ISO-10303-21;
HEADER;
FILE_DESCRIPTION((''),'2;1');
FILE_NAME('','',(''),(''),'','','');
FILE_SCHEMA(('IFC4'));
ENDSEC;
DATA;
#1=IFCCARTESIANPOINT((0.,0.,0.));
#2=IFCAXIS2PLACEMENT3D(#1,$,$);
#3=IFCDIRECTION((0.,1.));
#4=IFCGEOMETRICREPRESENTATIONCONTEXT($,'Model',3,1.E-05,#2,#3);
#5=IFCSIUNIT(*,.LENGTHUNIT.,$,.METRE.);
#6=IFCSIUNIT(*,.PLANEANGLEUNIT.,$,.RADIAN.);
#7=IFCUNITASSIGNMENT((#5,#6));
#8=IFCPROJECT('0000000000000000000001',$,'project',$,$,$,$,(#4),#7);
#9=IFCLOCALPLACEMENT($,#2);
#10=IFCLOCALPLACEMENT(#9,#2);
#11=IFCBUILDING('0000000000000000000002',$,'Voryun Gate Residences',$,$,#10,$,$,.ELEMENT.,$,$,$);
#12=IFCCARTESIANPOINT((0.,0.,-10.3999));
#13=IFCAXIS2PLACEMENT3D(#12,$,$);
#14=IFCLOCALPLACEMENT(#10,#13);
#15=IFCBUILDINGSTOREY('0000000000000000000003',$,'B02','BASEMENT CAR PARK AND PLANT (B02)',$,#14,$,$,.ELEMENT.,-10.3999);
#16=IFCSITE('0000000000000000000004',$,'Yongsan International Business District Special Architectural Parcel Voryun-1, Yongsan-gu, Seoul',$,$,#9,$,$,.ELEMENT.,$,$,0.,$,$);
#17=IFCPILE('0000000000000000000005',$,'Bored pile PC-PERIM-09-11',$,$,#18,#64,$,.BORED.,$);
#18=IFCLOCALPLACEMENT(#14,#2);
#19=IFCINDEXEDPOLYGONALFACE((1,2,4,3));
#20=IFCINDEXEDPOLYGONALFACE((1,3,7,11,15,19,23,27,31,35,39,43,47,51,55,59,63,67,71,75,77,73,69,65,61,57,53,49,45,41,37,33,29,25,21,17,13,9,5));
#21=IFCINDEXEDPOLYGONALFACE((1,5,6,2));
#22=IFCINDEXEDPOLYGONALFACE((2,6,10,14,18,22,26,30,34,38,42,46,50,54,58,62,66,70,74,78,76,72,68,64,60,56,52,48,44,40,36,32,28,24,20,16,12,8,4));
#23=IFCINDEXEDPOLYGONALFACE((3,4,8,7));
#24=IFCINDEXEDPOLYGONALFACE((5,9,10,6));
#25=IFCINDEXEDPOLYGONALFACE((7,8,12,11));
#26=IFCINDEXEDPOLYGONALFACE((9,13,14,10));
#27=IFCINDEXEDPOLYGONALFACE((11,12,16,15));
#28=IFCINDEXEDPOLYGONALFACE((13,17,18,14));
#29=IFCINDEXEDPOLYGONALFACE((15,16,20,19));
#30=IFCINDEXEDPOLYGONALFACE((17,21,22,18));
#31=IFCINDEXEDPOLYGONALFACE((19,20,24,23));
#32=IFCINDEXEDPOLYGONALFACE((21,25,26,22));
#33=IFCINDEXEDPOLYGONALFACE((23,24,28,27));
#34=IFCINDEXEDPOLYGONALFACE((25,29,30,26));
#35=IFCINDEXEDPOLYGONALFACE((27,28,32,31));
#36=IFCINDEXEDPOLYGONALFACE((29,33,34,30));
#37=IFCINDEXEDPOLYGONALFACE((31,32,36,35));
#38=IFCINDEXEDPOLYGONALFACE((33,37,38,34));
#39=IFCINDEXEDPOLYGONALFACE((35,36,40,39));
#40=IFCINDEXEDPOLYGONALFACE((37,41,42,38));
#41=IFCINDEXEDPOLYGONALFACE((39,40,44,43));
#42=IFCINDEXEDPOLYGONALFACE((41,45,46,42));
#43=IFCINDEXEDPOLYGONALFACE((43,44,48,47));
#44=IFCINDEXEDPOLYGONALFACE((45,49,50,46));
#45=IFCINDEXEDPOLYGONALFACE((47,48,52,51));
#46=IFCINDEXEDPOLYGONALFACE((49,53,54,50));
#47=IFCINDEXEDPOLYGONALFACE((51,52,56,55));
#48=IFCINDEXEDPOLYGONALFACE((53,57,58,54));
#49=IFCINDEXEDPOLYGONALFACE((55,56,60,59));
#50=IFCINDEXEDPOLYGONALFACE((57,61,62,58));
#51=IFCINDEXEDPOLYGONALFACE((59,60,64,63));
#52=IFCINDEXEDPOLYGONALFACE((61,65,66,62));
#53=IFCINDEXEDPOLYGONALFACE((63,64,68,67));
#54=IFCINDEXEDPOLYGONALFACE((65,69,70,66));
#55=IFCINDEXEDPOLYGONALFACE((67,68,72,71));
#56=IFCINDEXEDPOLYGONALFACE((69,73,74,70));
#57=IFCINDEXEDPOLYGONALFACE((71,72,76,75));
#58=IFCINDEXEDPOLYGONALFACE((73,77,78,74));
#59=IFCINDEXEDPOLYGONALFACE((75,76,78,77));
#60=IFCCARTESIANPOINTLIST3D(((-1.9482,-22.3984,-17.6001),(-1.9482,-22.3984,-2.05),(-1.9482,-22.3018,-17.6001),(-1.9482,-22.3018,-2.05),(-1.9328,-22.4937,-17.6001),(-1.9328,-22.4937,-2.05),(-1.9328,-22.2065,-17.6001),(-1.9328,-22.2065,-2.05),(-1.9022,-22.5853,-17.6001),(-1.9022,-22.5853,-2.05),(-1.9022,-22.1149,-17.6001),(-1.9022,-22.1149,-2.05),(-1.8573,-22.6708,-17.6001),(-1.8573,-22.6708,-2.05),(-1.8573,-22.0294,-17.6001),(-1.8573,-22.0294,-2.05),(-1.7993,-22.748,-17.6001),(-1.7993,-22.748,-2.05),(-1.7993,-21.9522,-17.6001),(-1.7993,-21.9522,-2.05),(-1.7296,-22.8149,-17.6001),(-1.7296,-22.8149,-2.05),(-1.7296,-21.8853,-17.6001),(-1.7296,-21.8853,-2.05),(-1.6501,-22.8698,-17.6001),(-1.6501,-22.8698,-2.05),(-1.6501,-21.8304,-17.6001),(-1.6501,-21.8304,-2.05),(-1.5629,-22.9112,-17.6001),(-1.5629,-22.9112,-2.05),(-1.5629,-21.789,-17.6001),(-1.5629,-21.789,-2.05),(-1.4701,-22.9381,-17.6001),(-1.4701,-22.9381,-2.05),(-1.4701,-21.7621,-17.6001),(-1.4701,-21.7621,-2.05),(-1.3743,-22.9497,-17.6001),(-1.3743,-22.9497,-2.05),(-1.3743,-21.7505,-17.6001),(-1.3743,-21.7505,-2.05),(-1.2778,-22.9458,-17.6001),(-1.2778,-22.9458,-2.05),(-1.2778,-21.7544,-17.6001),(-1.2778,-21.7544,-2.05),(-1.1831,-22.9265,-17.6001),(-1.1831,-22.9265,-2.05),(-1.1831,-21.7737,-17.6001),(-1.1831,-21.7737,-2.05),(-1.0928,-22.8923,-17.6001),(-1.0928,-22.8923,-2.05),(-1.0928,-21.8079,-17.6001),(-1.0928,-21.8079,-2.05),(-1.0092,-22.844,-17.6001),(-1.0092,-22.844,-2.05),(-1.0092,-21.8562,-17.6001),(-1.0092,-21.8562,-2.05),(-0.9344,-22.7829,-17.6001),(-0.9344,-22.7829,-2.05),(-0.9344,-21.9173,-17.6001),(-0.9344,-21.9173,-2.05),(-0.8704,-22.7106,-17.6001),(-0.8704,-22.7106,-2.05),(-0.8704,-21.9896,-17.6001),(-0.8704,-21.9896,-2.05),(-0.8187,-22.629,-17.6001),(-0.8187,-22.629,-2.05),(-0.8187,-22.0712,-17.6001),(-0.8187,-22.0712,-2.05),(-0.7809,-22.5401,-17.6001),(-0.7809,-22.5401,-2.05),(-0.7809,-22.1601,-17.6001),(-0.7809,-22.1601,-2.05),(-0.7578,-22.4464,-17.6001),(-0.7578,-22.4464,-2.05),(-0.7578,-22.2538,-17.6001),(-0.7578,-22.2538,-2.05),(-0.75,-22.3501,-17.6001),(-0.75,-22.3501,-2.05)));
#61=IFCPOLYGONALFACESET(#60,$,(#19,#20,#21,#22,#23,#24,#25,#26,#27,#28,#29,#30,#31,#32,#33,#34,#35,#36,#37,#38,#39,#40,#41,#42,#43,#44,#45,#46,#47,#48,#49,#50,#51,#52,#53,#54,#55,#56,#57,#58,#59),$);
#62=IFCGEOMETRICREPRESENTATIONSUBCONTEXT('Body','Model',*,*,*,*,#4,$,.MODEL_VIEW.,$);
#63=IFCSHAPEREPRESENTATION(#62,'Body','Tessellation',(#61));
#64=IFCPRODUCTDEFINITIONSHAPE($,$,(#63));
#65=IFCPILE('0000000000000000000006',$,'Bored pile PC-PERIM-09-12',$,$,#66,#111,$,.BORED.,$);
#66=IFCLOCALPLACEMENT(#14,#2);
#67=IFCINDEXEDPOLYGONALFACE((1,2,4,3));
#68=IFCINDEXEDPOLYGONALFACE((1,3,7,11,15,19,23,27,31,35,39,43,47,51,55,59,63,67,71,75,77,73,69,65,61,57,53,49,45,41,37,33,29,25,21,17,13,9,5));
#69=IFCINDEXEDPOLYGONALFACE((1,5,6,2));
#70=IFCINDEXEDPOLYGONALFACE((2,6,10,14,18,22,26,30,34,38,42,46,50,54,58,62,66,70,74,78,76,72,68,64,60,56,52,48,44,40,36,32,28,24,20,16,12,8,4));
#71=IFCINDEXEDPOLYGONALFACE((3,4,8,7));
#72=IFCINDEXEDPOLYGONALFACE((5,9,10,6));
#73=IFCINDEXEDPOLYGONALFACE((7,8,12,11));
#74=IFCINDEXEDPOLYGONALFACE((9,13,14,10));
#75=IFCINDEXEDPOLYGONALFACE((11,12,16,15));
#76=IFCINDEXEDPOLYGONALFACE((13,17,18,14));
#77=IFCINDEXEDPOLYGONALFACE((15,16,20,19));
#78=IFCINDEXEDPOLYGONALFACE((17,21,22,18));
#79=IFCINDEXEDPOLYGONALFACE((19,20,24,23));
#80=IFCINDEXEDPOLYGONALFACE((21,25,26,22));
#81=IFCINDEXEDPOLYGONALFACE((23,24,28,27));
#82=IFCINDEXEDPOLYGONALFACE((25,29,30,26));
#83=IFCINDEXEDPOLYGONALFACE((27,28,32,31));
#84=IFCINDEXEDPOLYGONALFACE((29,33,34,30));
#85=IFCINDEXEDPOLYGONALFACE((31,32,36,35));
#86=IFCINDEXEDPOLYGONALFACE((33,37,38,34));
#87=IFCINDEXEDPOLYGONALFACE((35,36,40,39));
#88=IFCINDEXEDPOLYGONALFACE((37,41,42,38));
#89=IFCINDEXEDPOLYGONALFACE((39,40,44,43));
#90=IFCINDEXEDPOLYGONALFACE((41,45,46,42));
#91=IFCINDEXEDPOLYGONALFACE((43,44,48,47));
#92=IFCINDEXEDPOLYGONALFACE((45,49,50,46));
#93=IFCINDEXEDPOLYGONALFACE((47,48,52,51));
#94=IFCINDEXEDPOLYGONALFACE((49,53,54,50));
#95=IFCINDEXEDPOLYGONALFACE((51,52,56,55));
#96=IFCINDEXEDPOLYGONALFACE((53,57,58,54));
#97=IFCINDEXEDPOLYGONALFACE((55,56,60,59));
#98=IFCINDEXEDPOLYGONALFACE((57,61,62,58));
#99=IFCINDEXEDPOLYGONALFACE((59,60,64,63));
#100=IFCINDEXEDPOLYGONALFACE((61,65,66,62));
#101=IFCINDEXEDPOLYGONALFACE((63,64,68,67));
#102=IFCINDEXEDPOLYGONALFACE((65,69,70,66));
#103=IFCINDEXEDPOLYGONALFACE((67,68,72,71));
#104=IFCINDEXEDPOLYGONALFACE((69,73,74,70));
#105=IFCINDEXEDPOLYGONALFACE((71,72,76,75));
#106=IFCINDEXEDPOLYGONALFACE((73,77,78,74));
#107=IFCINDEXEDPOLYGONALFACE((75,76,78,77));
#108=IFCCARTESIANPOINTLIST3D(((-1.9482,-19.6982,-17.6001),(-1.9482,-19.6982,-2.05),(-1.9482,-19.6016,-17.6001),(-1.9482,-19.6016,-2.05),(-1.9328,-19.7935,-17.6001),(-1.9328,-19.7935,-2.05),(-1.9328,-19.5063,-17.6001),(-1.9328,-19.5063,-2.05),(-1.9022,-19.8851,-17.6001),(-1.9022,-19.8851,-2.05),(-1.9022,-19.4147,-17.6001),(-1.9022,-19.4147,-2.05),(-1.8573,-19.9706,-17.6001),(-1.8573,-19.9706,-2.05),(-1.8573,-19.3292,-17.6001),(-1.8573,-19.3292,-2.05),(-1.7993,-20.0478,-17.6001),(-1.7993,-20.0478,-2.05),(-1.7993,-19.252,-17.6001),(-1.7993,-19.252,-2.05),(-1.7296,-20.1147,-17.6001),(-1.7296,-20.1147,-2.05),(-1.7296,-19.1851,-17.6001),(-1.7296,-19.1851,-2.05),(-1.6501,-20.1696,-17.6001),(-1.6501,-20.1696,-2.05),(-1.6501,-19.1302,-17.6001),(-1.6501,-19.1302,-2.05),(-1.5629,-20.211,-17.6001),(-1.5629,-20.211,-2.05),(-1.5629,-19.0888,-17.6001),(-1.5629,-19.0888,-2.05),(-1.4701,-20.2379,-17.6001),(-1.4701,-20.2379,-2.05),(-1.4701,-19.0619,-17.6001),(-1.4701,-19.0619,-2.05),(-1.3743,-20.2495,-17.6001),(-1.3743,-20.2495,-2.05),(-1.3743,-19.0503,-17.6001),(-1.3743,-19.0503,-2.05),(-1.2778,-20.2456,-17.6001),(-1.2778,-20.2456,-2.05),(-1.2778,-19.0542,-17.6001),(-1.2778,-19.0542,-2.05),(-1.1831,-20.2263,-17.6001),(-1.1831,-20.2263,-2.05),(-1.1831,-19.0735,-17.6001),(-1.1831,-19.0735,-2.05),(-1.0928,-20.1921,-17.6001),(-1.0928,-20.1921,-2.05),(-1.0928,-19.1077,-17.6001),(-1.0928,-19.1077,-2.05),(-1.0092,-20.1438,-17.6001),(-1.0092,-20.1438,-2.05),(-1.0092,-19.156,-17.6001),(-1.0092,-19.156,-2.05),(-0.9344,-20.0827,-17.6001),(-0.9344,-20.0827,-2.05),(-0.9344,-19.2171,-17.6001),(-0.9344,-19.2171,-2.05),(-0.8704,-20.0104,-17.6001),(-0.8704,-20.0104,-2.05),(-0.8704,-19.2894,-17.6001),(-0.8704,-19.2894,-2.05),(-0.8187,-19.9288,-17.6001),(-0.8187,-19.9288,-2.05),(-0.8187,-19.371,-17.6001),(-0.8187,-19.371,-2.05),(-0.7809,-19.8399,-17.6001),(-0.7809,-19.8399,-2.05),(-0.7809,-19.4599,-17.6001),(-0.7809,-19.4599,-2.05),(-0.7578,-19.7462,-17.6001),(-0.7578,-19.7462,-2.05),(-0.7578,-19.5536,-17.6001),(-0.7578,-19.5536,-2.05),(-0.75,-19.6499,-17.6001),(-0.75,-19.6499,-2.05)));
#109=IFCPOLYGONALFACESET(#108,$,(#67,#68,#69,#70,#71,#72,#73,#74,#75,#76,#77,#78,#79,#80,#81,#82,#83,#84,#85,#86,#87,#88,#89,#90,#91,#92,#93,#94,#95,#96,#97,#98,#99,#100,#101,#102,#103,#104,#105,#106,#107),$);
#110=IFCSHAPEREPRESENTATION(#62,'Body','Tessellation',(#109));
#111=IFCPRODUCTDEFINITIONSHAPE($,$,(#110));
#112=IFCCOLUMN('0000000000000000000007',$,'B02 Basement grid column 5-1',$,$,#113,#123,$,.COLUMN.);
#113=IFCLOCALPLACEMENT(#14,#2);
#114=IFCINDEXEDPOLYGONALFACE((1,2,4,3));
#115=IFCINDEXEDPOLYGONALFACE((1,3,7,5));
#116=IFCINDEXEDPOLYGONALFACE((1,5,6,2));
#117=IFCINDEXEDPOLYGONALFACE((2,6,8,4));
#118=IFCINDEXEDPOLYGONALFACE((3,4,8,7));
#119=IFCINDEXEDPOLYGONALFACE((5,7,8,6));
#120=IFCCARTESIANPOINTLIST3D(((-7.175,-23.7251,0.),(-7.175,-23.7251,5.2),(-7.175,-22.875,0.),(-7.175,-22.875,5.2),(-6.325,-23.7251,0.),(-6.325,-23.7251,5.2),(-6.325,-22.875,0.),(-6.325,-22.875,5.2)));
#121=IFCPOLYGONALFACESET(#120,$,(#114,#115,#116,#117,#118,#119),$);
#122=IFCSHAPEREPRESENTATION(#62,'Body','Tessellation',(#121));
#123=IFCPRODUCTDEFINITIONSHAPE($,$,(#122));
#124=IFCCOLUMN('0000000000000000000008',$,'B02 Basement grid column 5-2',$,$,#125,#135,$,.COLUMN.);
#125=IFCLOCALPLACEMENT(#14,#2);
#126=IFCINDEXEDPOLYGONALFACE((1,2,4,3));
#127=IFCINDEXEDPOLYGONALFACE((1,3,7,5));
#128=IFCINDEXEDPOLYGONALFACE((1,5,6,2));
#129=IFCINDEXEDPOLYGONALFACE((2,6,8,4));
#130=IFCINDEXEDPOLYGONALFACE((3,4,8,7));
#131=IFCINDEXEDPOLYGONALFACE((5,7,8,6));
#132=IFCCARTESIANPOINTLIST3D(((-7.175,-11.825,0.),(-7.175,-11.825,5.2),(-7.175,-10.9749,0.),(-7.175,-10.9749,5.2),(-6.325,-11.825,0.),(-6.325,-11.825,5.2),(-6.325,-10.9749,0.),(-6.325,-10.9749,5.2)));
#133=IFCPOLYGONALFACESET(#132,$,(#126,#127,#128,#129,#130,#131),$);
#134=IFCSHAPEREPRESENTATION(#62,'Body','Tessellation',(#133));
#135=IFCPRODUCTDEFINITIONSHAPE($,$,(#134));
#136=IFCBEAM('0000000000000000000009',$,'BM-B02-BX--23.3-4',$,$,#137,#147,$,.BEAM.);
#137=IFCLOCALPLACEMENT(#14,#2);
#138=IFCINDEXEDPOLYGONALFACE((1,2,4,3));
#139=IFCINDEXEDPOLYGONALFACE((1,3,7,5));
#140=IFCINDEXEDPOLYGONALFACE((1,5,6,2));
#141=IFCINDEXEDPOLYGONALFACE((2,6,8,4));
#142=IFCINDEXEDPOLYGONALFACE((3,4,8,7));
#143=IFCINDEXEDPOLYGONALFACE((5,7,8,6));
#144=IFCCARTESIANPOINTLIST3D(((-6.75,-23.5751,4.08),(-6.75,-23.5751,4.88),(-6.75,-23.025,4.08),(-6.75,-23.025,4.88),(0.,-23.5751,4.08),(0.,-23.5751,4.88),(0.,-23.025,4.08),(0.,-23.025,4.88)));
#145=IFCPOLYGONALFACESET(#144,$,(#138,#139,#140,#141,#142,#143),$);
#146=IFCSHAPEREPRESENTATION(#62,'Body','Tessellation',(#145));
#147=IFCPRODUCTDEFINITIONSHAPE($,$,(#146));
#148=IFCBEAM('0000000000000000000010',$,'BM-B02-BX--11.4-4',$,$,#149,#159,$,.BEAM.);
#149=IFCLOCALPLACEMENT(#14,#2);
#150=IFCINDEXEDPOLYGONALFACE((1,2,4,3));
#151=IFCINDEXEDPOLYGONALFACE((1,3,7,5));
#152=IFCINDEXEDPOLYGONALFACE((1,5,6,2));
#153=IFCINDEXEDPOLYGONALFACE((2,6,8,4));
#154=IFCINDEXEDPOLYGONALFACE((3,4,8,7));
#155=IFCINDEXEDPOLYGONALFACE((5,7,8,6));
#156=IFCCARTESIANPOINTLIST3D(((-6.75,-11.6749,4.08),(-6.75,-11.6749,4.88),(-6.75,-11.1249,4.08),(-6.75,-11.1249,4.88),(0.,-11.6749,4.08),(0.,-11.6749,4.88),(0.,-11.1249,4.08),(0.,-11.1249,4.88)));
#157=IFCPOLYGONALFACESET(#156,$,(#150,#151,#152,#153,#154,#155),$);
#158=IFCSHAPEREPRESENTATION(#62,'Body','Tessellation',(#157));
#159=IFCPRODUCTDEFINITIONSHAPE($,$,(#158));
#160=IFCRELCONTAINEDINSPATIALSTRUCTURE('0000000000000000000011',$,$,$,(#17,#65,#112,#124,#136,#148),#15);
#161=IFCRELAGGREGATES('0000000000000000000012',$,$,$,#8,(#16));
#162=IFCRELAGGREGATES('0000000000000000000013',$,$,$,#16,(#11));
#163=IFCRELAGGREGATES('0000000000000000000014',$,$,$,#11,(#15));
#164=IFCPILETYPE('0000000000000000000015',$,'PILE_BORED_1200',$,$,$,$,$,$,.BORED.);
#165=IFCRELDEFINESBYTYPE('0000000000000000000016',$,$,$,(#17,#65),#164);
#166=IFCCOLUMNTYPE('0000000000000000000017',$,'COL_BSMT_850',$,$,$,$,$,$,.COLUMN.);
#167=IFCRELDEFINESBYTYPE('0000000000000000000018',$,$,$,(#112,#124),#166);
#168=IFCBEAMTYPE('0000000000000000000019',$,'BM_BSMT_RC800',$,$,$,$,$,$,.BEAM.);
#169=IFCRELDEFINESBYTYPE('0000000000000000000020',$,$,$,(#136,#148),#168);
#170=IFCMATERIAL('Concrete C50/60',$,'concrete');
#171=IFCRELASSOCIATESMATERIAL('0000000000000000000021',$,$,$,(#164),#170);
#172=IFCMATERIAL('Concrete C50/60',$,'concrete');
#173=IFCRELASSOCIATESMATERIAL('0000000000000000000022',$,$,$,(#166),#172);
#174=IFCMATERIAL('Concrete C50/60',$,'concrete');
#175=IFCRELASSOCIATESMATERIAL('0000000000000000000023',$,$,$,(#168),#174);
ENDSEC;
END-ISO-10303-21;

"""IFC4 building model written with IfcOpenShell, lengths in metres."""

from ifc_helpers import new_model, si_unit, direction, frame, origin, origin_2d, place, context, subcontext, project, spatial, rectangle, circle, extrude, material, material_profile, profile_set, type_object, element, save


model = new_model("IFC4")

# Units and contexts
model_context = context("Model", 3, precision=1e-05, world=origin(), true_north=direction((0.0, 1.0)))
body_context = subcontext(model_context, "Body", "Model", "MODEL_VIEW")
ifc_project = project(units=[si_unit("LENGTHUNIT", "METRE"), si_unit("PLANEANGLEUNIT", "RADIAN")], contexts=[model_context])

# Site, building, storey
site_placement = place(None, origin())
site = spatial("IfcSite", under=ifc_project, at=site_placement, Name="Yongsan International Business District Special Architectural Parcel Voryun-1, Yongsan-gu, Seoul", CompositionType="ELEMENT", RefElevation=0.0)
building_placement = place(site_placement, origin())
building = spatial("IfcBuilding", under=site, at=building_placement, Name="Voryun Gate Residences", CompositionType="ELEMENT")
storey_placement = place(building_placement, frame((0.0, 0.0, -10.3999)))
storey = spatial("IfcBuildingStorey", under=building, at=storey_placement, Name="B02", Description="BASEMENT CAR PARK AND PLANT (B02)", CompositionType="ELEMENT", Elevation=-10.3999)

# Piles
ifc_material_1 = material(Name="Concrete C50/60", Category="concrete")
ifc_material_profile_1 = material_profile(ifc_material_1, circle(Radius=0.6001, at=origin_2d()), Name="PILE-D1200")
ifc_profile_set_1 = profile_set([ifc_material_profile_1], Name="Concrete C50/60")
pile_type = type_object("IfcPileType", Name="PILE_BORED_1200", PredefinedType="BORED", material=ifc_profile_set_1)
for number, where, z_axis, x_axis, name in (
    (1, (-1.3501, -22.3501, -2.05), (0.0, 0.0, -1.0), (1.0, 0.0, 0.0), "Bored pile PC-PERIM-09-11"),
    (2, (-1.3501, -19.6499, -2.05), (0.0, 0.0, -1.0), (1.0, 0.0, 0.0), "Bored pile PC-PERIM-09-12"),
):
    element("IfcPile", number, at=place(storey_placement, frame(where, z_axis=z_axis, x_axis=x_axis)), inside=storey, type_object=pile_type, Name=name, PredefinedType="BORED", context=body_context, shape_type="SweptSolid", body=[
        extrude(circle(Radius=0.6001, at=origin_2d()), origin(), (0.0, 0.0, 1.0), 15.55),
    ])

# Columns
ifc_material_2 = material(Name="Concrete C50/60", Category="concrete")
ifc_material_profile_2 = material_profile(ifc_material_2, rectangle(XDim=0.8501, YDim=0.8501, at=origin_2d()), Name="RC-850x850")
ifc_profile_set_2 = profile_set([ifc_material_profile_2], Name="Concrete C50/60")
column_type = type_object("IfcColumnType", Name="COL_BSMT_850", PredefinedType="COLUMN", material=ifc_profile_set_2)
for number, where, z_axis, x_axis, name in (
    (3, (-6.75, -23.3, 0.0), (0.0, 0.0, 1.0), (1.0, 0.0, 0.0), "B02 Basement grid column 5-1"),
    (4, (-6.75, -11.3999, 0.0), (0.0, 0.0, 1.0), (1.0, 0.0, 0.0), "B02 Basement grid column 5-2"),
):
    element("IfcColumn", number, at=place(storey_placement, frame(where, z_axis=z_axis, x_axis=x_axis)), inside=storey, type_object=column_type, Name=name, PredefinedType="COLUMN", context=body_context, shape_type="SweptSolid", body=[
        extrude(rectangle(XDim=0.8501, YDim=0.8501, at=origin_2d()), origin(), (0.0, 0.0, 1.0), 5.2),
    ])

# Beams
ifc_material_3 = material(Name="Concrete C50/60", Category="concrete")
ifc_material_profile_3 = material_profile(ifc_material_3, rectangle(XDim=0.55, YDim=0.8, at=origin_2d()), Name="RC-550x800")
ifc_profile_set_3 = profile_set([ifc_material_profile_3], Name="Concrete C50/60")
beam_type_1 = type_object("IfcBeamType", Name="BM_BSMT_RC800", PredefinedType="BEAM", material=ifc_profile_set_3)
for number, where, z_axis, x_axis, name in (
    (5, (-6.75, -23.3, 4.48), (1.0, 0.0, 0.0), (0.0, 1.0, 0.0), "BM-B02-BX--23.3-4"),
    (6, (-6.75, -11.3999, 4.48), (1.0, 0.0, 0.0), (0.0, 1.0, 0.0), "BM-B02-BX--11.4-4"),
):
    element("IfcBeam", number, at=place(storey_placement, frame(where, z_axis=z_axis, x_axis=x_axis)), inside=storey, type_object=beam_type_1, Name=name, PredefinedType="BEAM", context=body_context, shape_type="SweptSolid", body=[
        extrude(rectangle(XDim=0.55, YDim=0.8, at=origin_2d()), origin(), (0.0, 0.0, 1.0), 6.75),
    ])

save(model, "model.ifc")
